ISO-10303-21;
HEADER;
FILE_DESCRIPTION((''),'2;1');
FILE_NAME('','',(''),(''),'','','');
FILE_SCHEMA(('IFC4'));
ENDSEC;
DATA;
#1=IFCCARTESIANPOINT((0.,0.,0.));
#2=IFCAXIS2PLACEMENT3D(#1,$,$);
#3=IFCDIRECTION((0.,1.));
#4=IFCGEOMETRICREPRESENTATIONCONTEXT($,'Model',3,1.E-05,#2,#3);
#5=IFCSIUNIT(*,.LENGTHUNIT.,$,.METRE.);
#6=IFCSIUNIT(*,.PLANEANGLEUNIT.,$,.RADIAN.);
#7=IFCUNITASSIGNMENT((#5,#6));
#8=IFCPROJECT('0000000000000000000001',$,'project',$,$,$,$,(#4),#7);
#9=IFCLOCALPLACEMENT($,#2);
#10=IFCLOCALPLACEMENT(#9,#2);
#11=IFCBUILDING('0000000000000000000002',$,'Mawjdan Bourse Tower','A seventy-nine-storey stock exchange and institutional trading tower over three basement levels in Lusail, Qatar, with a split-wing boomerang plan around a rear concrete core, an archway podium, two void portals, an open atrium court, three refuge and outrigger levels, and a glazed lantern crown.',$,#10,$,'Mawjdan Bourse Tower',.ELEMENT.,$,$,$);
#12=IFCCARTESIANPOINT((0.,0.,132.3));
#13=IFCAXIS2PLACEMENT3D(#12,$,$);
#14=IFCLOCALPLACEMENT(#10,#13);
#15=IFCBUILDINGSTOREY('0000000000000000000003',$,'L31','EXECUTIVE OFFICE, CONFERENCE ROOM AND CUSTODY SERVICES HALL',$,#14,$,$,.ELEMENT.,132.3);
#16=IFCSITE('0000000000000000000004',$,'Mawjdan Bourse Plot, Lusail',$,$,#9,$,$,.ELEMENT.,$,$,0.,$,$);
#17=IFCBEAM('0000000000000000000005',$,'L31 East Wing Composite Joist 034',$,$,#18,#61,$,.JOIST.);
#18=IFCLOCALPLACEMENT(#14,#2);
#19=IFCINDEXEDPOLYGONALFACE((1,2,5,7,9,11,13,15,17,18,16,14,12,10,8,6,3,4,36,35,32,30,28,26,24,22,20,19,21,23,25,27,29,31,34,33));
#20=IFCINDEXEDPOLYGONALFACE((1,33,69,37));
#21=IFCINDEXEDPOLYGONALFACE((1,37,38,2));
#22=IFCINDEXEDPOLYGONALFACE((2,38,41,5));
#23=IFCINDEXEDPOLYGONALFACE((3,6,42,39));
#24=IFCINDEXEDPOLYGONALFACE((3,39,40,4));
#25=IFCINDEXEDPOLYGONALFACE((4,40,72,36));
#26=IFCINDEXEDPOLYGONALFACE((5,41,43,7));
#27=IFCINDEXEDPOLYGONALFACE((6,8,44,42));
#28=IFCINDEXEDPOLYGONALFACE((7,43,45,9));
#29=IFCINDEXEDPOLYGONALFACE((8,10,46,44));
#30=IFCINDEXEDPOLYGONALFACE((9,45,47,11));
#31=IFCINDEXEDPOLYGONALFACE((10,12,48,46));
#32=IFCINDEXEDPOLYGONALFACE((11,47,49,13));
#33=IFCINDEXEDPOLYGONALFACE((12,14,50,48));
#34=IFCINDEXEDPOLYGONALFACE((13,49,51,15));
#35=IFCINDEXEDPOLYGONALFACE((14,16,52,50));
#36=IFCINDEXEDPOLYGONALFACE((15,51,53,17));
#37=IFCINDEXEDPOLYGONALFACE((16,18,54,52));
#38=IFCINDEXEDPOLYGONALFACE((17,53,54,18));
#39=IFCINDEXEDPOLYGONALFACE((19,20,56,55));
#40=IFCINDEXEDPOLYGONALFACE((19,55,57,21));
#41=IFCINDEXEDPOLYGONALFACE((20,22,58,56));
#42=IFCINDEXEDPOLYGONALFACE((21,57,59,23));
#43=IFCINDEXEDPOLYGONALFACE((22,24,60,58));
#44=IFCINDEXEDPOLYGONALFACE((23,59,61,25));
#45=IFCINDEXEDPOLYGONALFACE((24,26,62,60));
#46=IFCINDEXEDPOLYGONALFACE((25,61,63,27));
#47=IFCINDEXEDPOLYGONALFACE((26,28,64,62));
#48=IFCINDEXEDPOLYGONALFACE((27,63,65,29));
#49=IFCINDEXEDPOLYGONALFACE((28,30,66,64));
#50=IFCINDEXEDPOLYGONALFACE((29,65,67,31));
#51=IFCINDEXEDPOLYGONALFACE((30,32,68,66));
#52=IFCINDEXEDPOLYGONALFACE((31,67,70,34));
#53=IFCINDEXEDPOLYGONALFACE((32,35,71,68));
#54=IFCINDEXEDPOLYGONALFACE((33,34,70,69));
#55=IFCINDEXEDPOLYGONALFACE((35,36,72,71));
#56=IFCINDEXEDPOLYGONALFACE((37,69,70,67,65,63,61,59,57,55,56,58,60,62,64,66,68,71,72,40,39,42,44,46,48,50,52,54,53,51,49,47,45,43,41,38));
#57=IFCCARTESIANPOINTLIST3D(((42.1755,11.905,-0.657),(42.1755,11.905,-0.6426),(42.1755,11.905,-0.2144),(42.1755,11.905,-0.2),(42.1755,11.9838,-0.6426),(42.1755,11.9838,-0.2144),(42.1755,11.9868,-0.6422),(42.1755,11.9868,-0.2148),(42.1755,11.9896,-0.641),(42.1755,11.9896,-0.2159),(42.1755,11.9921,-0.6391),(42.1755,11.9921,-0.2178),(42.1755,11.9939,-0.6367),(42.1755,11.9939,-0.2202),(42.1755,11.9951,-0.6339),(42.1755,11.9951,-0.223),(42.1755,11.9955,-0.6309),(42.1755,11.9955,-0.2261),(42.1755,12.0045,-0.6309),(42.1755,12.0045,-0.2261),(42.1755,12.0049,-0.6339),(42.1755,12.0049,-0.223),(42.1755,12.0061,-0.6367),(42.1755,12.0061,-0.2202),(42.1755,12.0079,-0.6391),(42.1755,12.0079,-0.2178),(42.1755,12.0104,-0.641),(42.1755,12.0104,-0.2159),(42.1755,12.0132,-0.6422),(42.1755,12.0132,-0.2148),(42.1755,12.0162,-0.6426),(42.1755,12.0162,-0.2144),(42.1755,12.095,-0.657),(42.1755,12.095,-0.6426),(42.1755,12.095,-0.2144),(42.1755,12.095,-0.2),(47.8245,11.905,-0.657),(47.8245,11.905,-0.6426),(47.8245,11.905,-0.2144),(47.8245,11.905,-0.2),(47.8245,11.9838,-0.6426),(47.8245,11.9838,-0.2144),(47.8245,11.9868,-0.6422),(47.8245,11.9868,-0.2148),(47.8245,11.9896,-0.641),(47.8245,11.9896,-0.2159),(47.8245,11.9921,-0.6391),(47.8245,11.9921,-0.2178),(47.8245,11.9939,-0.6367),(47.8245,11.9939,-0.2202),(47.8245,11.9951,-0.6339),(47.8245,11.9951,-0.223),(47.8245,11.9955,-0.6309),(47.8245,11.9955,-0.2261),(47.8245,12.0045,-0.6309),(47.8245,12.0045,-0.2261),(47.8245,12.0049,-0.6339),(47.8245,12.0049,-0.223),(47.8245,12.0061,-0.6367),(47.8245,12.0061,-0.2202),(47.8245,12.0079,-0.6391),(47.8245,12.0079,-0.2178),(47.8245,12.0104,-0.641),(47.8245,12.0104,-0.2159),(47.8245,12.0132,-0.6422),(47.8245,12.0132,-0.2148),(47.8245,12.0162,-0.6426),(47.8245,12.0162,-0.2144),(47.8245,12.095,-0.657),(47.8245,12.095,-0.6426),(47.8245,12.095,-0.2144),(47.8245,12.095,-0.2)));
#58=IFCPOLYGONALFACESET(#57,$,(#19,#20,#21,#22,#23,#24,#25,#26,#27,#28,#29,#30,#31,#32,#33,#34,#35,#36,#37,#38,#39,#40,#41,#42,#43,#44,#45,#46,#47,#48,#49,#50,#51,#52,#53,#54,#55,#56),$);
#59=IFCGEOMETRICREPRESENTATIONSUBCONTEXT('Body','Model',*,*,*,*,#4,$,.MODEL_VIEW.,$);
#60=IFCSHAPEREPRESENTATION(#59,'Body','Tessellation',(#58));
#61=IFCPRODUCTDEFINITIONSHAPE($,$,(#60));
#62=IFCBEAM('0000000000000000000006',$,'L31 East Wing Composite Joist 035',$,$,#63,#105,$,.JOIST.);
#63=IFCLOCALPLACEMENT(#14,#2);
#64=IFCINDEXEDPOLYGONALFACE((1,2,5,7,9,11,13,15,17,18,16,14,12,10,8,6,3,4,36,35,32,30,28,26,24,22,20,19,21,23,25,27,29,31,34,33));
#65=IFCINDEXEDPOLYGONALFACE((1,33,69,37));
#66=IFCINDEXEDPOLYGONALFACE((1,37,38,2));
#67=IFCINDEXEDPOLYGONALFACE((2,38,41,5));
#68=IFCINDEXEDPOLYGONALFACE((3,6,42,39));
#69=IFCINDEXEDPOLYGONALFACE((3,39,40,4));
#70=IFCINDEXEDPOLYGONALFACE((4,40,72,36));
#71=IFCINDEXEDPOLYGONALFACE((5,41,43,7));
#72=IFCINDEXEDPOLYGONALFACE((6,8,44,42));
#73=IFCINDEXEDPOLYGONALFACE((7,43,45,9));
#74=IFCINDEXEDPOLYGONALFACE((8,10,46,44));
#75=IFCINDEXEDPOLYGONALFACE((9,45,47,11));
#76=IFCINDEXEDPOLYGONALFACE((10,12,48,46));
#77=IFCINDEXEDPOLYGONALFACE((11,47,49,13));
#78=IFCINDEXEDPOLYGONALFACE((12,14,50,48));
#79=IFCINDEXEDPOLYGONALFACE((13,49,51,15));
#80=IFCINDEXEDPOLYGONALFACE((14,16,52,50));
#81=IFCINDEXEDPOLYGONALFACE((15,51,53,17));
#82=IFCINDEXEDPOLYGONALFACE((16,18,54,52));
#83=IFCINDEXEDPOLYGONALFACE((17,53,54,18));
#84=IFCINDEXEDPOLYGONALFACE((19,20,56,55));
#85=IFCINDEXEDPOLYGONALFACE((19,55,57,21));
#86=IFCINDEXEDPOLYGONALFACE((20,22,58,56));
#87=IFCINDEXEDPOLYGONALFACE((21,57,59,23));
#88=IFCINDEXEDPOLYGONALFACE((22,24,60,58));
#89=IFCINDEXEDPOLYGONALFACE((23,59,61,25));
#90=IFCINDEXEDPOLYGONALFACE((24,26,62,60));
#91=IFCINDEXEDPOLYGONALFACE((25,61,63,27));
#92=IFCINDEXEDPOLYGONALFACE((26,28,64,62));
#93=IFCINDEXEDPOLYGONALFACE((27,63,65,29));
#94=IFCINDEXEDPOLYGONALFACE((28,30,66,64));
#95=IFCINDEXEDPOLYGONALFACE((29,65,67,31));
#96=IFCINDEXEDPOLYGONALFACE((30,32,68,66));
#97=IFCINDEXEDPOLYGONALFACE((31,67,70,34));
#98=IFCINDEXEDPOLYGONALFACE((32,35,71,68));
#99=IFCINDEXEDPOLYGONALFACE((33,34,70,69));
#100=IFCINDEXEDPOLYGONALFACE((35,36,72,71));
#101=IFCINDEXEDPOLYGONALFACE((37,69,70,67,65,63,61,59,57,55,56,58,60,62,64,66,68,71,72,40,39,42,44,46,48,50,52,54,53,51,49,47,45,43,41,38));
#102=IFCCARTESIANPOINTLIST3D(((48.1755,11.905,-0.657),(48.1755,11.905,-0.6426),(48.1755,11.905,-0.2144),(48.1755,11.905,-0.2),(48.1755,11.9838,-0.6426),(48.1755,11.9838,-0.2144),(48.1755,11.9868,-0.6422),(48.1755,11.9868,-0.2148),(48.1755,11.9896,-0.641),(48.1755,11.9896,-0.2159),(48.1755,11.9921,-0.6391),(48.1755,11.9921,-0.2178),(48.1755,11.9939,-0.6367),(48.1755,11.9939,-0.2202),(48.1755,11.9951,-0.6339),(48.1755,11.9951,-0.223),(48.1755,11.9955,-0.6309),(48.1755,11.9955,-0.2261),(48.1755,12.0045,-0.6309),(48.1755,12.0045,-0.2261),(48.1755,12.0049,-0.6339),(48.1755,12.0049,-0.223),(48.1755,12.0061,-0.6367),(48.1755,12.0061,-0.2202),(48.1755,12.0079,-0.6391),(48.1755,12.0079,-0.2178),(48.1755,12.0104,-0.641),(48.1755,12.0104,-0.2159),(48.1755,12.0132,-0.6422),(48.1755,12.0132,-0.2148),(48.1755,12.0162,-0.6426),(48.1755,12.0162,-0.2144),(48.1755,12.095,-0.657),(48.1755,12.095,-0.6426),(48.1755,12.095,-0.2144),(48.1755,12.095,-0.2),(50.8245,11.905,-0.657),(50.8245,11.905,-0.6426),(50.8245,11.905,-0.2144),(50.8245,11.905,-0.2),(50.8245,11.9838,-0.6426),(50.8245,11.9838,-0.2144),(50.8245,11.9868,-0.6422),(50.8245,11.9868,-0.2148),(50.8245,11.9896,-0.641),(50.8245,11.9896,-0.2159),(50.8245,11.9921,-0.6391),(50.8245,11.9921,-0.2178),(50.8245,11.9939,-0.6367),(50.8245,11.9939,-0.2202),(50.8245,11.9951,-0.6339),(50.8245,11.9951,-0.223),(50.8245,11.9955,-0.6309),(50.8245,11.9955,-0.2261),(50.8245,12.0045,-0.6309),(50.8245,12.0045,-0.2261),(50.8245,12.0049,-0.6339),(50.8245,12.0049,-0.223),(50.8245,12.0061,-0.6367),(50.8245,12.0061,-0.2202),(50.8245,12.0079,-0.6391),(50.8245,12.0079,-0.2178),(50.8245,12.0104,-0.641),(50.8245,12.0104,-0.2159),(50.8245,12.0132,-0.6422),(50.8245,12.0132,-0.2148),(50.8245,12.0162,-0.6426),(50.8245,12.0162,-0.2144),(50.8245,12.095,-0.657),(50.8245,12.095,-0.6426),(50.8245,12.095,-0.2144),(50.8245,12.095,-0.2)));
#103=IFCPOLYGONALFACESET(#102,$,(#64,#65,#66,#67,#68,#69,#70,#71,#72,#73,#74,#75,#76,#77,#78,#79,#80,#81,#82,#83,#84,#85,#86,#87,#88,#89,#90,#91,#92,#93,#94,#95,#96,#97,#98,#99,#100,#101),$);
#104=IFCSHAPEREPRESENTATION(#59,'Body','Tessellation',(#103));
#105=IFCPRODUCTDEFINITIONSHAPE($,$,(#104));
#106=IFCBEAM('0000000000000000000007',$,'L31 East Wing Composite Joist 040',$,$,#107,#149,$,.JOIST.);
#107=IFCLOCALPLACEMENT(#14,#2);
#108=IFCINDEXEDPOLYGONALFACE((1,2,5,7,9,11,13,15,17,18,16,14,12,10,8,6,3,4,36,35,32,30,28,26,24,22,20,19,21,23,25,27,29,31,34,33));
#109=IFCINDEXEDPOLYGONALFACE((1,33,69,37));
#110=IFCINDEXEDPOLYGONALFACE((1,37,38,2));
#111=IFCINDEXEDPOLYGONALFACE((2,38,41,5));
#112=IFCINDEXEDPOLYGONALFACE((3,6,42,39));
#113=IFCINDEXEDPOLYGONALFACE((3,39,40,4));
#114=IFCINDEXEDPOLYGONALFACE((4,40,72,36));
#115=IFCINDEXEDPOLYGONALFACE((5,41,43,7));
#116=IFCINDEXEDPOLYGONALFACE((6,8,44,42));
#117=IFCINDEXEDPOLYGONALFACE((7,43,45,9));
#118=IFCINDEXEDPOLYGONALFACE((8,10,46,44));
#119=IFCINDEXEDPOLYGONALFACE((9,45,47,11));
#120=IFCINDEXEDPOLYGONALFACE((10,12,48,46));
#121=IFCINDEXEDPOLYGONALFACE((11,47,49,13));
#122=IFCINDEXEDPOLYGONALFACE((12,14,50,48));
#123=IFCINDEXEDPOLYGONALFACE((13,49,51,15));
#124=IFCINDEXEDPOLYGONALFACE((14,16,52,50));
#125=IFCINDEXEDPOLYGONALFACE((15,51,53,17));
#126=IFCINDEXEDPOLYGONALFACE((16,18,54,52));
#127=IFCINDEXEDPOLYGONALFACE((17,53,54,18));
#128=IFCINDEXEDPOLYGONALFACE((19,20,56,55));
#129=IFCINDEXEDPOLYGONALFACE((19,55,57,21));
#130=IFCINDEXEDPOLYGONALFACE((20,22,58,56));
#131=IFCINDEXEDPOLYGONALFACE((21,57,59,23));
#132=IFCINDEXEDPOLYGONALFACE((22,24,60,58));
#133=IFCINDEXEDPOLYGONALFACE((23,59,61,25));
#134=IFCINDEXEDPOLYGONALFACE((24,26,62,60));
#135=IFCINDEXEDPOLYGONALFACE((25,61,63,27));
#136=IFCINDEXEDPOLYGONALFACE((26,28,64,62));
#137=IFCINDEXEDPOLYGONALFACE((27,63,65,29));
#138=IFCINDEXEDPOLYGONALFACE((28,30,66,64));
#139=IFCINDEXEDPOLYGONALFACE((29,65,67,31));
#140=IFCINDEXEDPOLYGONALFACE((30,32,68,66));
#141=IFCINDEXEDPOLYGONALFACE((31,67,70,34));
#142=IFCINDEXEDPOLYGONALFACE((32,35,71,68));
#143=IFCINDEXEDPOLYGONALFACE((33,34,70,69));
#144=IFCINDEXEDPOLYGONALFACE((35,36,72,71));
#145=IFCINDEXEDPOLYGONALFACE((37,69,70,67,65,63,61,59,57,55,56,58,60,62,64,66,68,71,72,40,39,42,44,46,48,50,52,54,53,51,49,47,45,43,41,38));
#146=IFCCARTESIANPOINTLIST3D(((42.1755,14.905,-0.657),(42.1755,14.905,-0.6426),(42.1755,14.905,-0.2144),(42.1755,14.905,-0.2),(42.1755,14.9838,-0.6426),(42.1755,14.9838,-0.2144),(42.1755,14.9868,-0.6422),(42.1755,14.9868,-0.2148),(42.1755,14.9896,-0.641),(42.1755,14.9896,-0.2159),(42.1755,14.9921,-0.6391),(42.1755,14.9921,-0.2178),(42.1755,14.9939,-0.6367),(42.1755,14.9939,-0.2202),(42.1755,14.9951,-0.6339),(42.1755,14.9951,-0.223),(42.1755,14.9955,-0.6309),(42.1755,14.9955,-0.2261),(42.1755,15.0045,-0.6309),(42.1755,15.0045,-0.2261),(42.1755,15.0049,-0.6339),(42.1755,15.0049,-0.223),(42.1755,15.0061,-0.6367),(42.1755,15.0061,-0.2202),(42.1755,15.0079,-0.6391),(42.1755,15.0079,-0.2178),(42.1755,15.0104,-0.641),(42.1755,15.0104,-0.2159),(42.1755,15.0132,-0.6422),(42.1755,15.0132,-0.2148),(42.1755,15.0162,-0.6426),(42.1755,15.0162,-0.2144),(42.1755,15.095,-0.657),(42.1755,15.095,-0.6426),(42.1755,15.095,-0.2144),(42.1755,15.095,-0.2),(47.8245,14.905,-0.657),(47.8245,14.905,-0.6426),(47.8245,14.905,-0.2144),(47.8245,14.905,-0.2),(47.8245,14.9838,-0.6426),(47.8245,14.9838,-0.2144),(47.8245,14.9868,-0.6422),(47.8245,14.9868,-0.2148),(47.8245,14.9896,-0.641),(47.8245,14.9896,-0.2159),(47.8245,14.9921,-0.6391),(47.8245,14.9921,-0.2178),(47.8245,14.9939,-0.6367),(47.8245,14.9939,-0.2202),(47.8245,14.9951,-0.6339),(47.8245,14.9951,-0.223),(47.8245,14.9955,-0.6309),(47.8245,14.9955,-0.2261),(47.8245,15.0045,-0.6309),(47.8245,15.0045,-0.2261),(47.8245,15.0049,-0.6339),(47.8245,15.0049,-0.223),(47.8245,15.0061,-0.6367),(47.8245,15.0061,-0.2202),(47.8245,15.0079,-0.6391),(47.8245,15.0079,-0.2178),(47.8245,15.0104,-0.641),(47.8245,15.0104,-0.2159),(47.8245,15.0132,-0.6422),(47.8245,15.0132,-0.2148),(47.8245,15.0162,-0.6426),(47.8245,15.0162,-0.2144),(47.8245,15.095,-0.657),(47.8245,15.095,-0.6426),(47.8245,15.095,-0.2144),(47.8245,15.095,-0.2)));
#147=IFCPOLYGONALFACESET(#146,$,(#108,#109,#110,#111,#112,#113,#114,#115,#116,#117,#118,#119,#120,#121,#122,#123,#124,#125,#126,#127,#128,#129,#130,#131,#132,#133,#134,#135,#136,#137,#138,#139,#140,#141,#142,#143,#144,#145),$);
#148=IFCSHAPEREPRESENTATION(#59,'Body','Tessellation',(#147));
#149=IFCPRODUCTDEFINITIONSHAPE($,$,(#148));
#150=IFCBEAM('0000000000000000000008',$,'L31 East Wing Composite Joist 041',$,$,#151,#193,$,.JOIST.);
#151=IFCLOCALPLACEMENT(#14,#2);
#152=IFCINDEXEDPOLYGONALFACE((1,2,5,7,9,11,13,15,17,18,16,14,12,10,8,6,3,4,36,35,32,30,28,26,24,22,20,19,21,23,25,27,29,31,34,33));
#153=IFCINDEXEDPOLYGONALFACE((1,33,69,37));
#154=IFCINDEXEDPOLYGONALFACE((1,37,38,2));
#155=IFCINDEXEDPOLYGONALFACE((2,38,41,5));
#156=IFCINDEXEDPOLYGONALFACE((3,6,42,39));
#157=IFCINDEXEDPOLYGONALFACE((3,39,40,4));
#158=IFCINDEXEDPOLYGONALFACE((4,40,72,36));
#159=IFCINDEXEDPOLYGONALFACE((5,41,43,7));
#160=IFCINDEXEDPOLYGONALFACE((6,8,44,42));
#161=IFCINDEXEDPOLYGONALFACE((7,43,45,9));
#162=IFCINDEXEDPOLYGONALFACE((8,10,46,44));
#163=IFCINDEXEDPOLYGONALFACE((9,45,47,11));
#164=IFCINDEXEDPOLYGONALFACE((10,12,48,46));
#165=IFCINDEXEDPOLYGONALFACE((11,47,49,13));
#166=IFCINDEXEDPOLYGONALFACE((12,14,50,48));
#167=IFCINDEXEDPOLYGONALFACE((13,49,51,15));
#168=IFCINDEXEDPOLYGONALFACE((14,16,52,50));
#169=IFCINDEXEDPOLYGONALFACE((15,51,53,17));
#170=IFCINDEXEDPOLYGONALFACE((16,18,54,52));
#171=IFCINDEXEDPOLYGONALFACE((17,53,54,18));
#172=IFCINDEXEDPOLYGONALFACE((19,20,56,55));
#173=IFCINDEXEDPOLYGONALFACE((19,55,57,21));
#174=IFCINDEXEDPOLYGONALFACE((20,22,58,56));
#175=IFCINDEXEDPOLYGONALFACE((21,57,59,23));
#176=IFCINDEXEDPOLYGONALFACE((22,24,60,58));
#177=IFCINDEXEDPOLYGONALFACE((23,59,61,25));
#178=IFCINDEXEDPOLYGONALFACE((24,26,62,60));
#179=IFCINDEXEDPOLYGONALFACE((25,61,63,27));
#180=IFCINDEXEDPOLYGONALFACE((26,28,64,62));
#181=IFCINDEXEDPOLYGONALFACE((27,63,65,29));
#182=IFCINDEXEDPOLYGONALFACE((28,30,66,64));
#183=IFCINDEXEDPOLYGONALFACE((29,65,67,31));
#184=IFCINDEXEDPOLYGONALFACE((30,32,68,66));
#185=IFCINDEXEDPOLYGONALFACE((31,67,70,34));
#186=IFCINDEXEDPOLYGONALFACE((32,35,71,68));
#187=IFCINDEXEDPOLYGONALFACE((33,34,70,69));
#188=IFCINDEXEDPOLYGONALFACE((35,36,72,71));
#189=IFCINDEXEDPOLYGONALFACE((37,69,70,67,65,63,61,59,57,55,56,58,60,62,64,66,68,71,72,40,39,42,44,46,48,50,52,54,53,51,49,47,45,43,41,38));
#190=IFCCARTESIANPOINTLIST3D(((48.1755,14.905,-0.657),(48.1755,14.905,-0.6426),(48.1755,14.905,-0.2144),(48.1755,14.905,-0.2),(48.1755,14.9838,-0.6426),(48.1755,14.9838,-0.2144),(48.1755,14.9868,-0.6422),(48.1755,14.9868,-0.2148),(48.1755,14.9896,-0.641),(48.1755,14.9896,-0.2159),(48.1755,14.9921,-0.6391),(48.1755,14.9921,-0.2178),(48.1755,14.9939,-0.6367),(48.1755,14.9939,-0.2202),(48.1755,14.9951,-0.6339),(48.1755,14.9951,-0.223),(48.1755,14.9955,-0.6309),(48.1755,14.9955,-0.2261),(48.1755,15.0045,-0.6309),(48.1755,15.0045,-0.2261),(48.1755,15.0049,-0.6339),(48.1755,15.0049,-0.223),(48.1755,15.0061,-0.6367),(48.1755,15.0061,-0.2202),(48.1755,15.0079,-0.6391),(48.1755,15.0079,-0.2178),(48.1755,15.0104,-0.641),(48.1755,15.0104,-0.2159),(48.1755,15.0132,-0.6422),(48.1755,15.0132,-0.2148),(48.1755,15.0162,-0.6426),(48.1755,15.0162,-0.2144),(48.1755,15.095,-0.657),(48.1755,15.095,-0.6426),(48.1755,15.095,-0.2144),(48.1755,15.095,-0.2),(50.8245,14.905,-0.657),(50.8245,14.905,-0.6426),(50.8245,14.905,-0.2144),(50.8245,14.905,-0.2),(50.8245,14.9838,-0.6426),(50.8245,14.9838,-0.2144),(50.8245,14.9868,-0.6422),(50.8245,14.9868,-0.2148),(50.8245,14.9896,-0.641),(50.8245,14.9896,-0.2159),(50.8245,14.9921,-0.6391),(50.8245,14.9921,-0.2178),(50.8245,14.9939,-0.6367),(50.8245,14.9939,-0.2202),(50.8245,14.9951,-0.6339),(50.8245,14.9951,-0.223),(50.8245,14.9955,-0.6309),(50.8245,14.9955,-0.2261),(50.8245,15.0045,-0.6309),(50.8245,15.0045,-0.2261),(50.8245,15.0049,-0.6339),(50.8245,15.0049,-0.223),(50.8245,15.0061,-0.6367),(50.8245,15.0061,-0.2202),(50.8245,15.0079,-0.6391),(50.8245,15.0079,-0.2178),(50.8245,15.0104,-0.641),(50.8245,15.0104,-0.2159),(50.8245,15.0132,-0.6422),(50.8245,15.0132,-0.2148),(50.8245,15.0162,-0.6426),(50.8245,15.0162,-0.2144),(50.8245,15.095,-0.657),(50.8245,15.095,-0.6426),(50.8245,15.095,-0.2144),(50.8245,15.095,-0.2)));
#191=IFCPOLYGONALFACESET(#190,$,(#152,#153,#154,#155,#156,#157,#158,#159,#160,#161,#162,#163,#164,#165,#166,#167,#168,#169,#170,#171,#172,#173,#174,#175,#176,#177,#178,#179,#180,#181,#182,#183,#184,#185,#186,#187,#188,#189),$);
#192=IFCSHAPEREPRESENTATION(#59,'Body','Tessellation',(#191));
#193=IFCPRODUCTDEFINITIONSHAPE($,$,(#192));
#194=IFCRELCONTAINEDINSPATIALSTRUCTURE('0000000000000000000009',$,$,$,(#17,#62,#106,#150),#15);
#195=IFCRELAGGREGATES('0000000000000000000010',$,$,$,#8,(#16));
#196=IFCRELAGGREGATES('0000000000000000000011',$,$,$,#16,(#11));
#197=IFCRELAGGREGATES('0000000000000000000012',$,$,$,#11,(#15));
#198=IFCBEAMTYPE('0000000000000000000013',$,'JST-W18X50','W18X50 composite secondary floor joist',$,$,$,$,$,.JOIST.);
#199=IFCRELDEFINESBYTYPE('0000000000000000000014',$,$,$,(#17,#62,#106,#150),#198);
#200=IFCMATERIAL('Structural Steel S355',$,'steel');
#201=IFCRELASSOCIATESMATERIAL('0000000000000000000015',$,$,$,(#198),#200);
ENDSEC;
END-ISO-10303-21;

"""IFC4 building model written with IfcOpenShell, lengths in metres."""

from ifc_helpers import new_model, si_unit, direction, frame, origin, origin_2d, place, context, subcontext, project, spatial, i_section, extrude, material, material_profile, profile_set, type_object, element, save


model = new_model("IFC4")

# Units and contexts
model_context = context("Model", 3, precision=1e-05, world=origin(), true_north=direction((0.0, 1.0)))
body_context = subcontext(model_context, "Body", "Model", "MODEL_VIEW")
ifc_project = project(units=[si_unit("LENGTHUNIT", "METRE"), si_unit("PLANEANGLEUNIT", "RADIAN")], contexts=[model_context])

# Site, building, storey
site_placement = place(None, origin())
site = spatial("IfcSite", under=ifc_project, at=site_placement, Name="Mawjdan Bourse Plot, Lusail", CompositionType="ELEMENT", RefElevation=0.0)
building_placement = place(site_placement, origin())
building = spatial("IfcBuilding", under=site, at=building_placement, Name="Mawjdan Bourse Tower", Description="A seventy-nine-storey stock exchange and institutional trading tower over three basement levels in Lusail, Qatar, with a split-wing boomerang plan around a rear concrete core, an archway podium, two void portals, an open atrium court, three refuge and outrigger levels, and a glazed lantern crown.", LongName="Mawjdan Bourse Tower", CompositionType="ELEMENT")
storey_placement = place(building_placement, frame((0.0, 0.0, 132.3)))
storey = spatial("IfcBuildingStorey", under=building, at=storey_placement, Name="L31", Description="EXECUTIVE OFFICE, CONFERENCE ROOM AND CUSTODY SERVICES HALL", CompositionType="ELEMENT", Elevation=132.3)

# Shared definitions
ifc_material_1 = material(Name="Structural Steel S355", Category="steel")

# Beams
ifc_material_profile_1 = material_profile(ifc_material_1, i_section(OverallWidth=0.1899, OverallDepth=0.457, WebThickness=0.009, FlangeThickness=0.0144, FilletRadius=0.0117, at=origin_2d()), Name="W18X50")
ifc_profile_set_1 = profile_set([ifc_material_profile_1], Name="Structural Steel S355")
beam_type_1 = type_object("IfcBeamType", Name="JST-W18X50", Description="W18X50 composite secondary floor joist", PredefinedType="JOIST", material=ifc_profile_set_1)
beam_1_placement = place(storey_placement, frame((42.1755, 12.0, -0.4285), z_axis=(1.0, 0.0, 0.0), x_axis=(0.0, 1.0, 0.0)))
element("IfcBeam", 1, at=beam_1_placement, inside=storey, type_object=beam_type_1, Name="L31 East Wing Composite Joist 034", PredefinedType="JOIST", context=body_context, shape_type="SweptSolid", body=[
    extrude(i_section(OverallWidth=0.1899, OverallDepth=0.457, WebThickness=0.009, FlangeThickness=0.0144, FilletRadius=0.0117, at=origin_2d()), origin(), (0.0, 0.0, 1.0), 5.6489),
])
beam_2_placement = place(storey_placement, frame((48.1755, 12.0, -0.4285), z_axis=(1.0, 0.0, 0.0), x_axis=(0.0, 1.0, 0.0)))
element("IfcBeam", 2, at=beam_2_placement, inside=storey, type_object=beam_type_1, Name="L31 East Wing Composite Joist 035", PredefinedType="JOIST", context=body_context, shape_type="SweptSolid", body=[
    extrude(i_section(OverallWidth=0.1899, OverallDepth=0.457, WebThickness=0.009, FlangeThickness=0.0144, FilletRadius=0.0117, at=origin_2d()), origin(), (0.0, 0.0, 1.0), 2.6489),
])
beam_3_placement = place(storey_placement, frame((42.1755, 15.0, -0.4285), z_axis=(1.0, 0.0, 0.0), x_axis=(0.0, 1.0, 0.0)))
element("IfcBeam", 3, at=beam_3_placement, inside=storey, type_object=beam_type_1, Name="L31 East Wing Composite Joist 040", PredefinedType="JOIST", context=body_context, shape_type="SweptSolid", body=[
    extrude(i_section(OverallWidth=0.1899, OverallDepth=0.457, WebThickness=0.009, FlangeThickness=0.0144, FilletRadius=0.0117, at=origin_2d()), origin(), (0.0, 0.0, 1.0), 5.6489),
])
beam_4_placement = place(storey_placement, frame((48.1755, 15.0, -0.4285), z_axis=(1.0, 0.0, 0.0), x_axis=(0.0, 1.0, 0.0)))
element("IfcBeam", 4, at=beam_4_placement, inside=storey, type_object=beam_type_1, Name="L31 East Wing Composite Joist 041", PredefinedType="JOIST", context=body_context, shape_type="SweptSolid", body=[
    extrude(i_section(OverallWidth=0.1899, OverallDepth=0.457, WebThickness=0.009, FlangeThickness=0.0144, FilletRadius=0.0117, at=origin_2d()), origin(), (0.0, 0.0, 1.0), 2.6489),
])

save(model, "model.ifc")
